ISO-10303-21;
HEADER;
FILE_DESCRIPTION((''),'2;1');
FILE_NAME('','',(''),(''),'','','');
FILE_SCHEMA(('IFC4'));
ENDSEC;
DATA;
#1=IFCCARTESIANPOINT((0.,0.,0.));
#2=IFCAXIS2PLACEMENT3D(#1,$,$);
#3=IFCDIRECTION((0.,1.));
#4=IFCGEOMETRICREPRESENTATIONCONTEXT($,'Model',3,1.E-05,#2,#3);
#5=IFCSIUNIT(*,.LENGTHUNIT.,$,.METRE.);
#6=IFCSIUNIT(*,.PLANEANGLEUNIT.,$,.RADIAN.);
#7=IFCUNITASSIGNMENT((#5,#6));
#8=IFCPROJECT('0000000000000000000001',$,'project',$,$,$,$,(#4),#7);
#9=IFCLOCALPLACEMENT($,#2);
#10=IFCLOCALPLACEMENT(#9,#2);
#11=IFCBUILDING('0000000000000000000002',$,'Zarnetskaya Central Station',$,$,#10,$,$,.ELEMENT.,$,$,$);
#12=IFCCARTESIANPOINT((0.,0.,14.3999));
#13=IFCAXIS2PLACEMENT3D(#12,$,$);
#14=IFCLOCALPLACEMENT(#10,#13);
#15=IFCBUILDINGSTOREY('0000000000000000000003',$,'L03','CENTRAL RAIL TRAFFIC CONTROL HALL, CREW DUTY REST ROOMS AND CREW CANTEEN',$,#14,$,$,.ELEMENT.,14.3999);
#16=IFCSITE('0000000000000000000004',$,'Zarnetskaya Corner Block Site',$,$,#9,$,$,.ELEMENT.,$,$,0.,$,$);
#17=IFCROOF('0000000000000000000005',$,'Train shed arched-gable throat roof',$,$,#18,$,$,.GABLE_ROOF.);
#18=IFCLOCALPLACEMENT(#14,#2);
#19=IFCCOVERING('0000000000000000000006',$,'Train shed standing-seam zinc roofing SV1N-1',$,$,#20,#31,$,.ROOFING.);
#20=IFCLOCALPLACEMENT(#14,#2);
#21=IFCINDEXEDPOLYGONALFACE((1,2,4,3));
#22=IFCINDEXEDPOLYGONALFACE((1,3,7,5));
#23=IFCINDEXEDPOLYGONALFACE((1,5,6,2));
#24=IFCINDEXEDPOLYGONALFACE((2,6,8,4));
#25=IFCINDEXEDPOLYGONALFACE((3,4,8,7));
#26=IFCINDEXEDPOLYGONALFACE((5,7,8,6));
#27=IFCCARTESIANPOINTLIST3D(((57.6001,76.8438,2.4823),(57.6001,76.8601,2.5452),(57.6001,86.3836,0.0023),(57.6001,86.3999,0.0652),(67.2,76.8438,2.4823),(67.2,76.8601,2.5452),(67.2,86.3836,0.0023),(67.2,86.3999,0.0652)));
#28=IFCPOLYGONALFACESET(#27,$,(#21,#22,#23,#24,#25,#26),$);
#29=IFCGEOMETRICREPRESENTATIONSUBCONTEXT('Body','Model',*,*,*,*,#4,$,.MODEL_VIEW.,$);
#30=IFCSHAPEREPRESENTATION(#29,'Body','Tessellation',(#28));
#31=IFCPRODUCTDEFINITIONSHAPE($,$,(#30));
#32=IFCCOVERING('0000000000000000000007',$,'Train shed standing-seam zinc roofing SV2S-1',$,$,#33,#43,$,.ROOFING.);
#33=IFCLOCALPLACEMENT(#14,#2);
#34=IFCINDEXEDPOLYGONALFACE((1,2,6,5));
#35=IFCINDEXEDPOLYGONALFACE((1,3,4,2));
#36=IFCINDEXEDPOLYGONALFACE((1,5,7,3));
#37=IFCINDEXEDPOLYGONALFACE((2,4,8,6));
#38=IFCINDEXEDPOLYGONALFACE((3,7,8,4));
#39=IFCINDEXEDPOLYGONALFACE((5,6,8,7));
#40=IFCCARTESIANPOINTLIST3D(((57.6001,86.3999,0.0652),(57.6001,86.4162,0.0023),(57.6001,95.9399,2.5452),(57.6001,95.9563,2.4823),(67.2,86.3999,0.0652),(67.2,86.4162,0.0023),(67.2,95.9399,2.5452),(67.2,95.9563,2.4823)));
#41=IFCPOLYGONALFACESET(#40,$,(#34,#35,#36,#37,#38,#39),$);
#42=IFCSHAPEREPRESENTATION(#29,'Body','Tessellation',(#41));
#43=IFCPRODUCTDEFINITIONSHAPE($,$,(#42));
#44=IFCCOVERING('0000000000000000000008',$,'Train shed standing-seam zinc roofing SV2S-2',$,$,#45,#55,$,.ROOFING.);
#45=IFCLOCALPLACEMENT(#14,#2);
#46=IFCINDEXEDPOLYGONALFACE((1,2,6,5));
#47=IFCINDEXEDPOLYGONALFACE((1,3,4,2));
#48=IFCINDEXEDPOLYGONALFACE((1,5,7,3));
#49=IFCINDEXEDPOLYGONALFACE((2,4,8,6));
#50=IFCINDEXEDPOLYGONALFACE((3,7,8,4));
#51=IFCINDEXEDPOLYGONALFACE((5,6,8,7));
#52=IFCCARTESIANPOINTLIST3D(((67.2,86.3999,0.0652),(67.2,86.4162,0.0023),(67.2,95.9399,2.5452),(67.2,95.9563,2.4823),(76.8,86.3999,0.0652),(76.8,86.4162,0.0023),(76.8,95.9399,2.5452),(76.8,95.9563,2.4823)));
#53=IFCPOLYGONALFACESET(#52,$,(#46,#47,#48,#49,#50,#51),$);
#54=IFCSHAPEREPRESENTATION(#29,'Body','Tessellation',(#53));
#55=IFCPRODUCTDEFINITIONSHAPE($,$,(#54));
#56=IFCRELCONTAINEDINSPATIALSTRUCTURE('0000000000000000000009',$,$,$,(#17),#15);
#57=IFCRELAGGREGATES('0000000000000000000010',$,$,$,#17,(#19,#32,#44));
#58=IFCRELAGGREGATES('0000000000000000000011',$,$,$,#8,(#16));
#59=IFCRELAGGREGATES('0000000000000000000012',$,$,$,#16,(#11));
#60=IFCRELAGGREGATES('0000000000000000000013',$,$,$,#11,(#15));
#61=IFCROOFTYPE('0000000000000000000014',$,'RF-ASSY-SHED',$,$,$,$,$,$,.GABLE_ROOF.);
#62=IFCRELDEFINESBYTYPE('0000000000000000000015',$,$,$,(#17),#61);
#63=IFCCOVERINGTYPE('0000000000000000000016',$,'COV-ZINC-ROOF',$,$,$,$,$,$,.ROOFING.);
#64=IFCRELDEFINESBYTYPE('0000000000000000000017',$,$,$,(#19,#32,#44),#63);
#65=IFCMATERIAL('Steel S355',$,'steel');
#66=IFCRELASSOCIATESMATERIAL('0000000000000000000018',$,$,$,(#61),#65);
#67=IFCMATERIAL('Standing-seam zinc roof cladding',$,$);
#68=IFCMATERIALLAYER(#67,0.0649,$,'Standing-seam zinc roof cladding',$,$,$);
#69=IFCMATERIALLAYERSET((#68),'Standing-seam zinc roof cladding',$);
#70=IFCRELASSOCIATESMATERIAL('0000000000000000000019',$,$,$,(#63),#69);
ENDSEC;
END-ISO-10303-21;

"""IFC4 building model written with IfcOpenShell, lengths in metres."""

from ifc_helpers import new_model, si_unit, direction, frame, origin, place, context, subcontext, project, spatial, polyline, outline, extrude, material, layer, layer_set, type_object, element, aggregate, save


model = new_model("IFC4")

# Units and contexts
model_context = context("Model", 3, precision=1e-05, world=origin(), true_north=direction((0.0, 1.0)))
body_context = subcontext(model_context, "Body", "Model", "MODEL_VIEW")
ifc_project = project(units=[si_unit("LENGTHUNIT", "METRE"), si_unit("PLANEANGLEUNIT", "RADIAN")], contexts=[model_context])

# Site, building, storey
site_placement = place(None, origin())
site = spatial("IfcSite", under=ifc_project, at=site_placement, Name="Zarnetskaya Corner Block Site", CompositionType="ELEMENT", RefElevation=0.0)
building_placement = place(site_placement, origin())
building = spatial("IfcBuilding", under=site, at=building_placement, Name="Zarnetskaya Central Station", CompositionType="ELEMENT")
storey_placement = place(building_placement, frame((0.0, 0.0, 14.3999)))
storey = spatial("IfcBuildingStorey", under=building, at=storey_placement, Name="L03", Description="CENTRAL RAIL TRAFFIC CONTROL HALL, CREW DUTY REST ROOMS AND CREW CANTEEN", CompositionType="ELEMENT", Elevation=14.3999)

# Shared definitions
ifc_material_1 = material(Name="Steel S355", Category="steel")

# Roof, coverings
roof_type = type_object("IfcRoofType", Name="RF-ASSY-SHED", PredefinedType="GABLE_ROOF", material=ifc_material_1)
roof_placement = place(storey_placement, origin())
roof = element("IfcRoof", 1, at=roof_placement, inside=storey, type_object=roof_type, Name="Train shed arched-gable throat roof", PredefinedType="GABLE_ROOF")
ifc_material_2 = material(Name="Standing-seam zinc roof cladding")
ifc_layer_1 = layer(ifc_material_2, 0.0649, Name="Standing-seam zinc roof cladding")
ifc_layer_set_1 = layer_set([ifc_layer_1], Name="Standing-seam zinc roof cladding")
covering_type = type_object("IfcCoveringType", Name="COV-ZINC-ROOF", PredefinedType="ROOFING", material=ifc_layer_set_1)
covering_1_placement = place(storey_placement, frame((67.2, 86.3999, 0.0652), z_axis=(0.0, 0.251599, 0.967832), x_axis=(-1.0, 0.0, 0.0)))
covering_1 = element("IfcCovering", 2, at=covering_1_placement, type_object=covering_type, Name="Train shed standing-seam zinc roofing SV1N-1", PredefinedType="ROOFING", context=body_context, shape_type="SweptSolid", body=[
    extrude(outline(polyline([(0.0, 0.0), (9.5999, 0.0), (9.5999, 9.8569), (0.0, 9.8569), (0.0, 0.0)])), origin(), (0.0, 0.0, -1.0), 0.0649),
])
covering_2_placement = place(storey_placement, frame((57.6001, 86.3999, 0.0652), z_axis=(0.0, -0.251593, 0.967833), x_axis=(1.0, 0.0, 0.0)))
covering_2 = element("IfcCovering", 3, at=covering_2_placement, type_object=covering_type, Name="Train shed standing-seam zinc roofing SV2S-1", PredefinedType="ROOFING", context=body_context, shape_type="SweptSolid", body=[
    extrude(outline(polyline([(0.0, 0.0), (9.5999, 0.0), (9.5999, 9.8571), (0.0, 9.8571), (0.0, 0.0)])), origin(), (0.0, 0.0, -1.0), 0.0649),
])
covering_3_placement = place(storey_placement, frame((67.2, 86.3999, 0.0652), z_axis=(0.0, -0.251593, 0.967833), x_axis=(1.0, 0.0, 0.0)))
covering_3 = element("IfcCovering", 4, at=covering_3_placement, type_object=covering_type, Name="Train shed standing-seam zinc roofing SV2S-2", PredefinedType="ROOFING", context=body_context, shape_type="SweptSolid", body=[
    extrude(outline(polyline([(0.0, 0.0), (9.6001, 0.0), (9.6001, 9.8571), (0.0, 9.8571), (0.0, 0.0)])), origin(), (0.0, 0.0, -1.0), 0.0649),
])
aggregate(roof, [covering_1, covering_2, covering_3])

save(model, "model.ifc")
